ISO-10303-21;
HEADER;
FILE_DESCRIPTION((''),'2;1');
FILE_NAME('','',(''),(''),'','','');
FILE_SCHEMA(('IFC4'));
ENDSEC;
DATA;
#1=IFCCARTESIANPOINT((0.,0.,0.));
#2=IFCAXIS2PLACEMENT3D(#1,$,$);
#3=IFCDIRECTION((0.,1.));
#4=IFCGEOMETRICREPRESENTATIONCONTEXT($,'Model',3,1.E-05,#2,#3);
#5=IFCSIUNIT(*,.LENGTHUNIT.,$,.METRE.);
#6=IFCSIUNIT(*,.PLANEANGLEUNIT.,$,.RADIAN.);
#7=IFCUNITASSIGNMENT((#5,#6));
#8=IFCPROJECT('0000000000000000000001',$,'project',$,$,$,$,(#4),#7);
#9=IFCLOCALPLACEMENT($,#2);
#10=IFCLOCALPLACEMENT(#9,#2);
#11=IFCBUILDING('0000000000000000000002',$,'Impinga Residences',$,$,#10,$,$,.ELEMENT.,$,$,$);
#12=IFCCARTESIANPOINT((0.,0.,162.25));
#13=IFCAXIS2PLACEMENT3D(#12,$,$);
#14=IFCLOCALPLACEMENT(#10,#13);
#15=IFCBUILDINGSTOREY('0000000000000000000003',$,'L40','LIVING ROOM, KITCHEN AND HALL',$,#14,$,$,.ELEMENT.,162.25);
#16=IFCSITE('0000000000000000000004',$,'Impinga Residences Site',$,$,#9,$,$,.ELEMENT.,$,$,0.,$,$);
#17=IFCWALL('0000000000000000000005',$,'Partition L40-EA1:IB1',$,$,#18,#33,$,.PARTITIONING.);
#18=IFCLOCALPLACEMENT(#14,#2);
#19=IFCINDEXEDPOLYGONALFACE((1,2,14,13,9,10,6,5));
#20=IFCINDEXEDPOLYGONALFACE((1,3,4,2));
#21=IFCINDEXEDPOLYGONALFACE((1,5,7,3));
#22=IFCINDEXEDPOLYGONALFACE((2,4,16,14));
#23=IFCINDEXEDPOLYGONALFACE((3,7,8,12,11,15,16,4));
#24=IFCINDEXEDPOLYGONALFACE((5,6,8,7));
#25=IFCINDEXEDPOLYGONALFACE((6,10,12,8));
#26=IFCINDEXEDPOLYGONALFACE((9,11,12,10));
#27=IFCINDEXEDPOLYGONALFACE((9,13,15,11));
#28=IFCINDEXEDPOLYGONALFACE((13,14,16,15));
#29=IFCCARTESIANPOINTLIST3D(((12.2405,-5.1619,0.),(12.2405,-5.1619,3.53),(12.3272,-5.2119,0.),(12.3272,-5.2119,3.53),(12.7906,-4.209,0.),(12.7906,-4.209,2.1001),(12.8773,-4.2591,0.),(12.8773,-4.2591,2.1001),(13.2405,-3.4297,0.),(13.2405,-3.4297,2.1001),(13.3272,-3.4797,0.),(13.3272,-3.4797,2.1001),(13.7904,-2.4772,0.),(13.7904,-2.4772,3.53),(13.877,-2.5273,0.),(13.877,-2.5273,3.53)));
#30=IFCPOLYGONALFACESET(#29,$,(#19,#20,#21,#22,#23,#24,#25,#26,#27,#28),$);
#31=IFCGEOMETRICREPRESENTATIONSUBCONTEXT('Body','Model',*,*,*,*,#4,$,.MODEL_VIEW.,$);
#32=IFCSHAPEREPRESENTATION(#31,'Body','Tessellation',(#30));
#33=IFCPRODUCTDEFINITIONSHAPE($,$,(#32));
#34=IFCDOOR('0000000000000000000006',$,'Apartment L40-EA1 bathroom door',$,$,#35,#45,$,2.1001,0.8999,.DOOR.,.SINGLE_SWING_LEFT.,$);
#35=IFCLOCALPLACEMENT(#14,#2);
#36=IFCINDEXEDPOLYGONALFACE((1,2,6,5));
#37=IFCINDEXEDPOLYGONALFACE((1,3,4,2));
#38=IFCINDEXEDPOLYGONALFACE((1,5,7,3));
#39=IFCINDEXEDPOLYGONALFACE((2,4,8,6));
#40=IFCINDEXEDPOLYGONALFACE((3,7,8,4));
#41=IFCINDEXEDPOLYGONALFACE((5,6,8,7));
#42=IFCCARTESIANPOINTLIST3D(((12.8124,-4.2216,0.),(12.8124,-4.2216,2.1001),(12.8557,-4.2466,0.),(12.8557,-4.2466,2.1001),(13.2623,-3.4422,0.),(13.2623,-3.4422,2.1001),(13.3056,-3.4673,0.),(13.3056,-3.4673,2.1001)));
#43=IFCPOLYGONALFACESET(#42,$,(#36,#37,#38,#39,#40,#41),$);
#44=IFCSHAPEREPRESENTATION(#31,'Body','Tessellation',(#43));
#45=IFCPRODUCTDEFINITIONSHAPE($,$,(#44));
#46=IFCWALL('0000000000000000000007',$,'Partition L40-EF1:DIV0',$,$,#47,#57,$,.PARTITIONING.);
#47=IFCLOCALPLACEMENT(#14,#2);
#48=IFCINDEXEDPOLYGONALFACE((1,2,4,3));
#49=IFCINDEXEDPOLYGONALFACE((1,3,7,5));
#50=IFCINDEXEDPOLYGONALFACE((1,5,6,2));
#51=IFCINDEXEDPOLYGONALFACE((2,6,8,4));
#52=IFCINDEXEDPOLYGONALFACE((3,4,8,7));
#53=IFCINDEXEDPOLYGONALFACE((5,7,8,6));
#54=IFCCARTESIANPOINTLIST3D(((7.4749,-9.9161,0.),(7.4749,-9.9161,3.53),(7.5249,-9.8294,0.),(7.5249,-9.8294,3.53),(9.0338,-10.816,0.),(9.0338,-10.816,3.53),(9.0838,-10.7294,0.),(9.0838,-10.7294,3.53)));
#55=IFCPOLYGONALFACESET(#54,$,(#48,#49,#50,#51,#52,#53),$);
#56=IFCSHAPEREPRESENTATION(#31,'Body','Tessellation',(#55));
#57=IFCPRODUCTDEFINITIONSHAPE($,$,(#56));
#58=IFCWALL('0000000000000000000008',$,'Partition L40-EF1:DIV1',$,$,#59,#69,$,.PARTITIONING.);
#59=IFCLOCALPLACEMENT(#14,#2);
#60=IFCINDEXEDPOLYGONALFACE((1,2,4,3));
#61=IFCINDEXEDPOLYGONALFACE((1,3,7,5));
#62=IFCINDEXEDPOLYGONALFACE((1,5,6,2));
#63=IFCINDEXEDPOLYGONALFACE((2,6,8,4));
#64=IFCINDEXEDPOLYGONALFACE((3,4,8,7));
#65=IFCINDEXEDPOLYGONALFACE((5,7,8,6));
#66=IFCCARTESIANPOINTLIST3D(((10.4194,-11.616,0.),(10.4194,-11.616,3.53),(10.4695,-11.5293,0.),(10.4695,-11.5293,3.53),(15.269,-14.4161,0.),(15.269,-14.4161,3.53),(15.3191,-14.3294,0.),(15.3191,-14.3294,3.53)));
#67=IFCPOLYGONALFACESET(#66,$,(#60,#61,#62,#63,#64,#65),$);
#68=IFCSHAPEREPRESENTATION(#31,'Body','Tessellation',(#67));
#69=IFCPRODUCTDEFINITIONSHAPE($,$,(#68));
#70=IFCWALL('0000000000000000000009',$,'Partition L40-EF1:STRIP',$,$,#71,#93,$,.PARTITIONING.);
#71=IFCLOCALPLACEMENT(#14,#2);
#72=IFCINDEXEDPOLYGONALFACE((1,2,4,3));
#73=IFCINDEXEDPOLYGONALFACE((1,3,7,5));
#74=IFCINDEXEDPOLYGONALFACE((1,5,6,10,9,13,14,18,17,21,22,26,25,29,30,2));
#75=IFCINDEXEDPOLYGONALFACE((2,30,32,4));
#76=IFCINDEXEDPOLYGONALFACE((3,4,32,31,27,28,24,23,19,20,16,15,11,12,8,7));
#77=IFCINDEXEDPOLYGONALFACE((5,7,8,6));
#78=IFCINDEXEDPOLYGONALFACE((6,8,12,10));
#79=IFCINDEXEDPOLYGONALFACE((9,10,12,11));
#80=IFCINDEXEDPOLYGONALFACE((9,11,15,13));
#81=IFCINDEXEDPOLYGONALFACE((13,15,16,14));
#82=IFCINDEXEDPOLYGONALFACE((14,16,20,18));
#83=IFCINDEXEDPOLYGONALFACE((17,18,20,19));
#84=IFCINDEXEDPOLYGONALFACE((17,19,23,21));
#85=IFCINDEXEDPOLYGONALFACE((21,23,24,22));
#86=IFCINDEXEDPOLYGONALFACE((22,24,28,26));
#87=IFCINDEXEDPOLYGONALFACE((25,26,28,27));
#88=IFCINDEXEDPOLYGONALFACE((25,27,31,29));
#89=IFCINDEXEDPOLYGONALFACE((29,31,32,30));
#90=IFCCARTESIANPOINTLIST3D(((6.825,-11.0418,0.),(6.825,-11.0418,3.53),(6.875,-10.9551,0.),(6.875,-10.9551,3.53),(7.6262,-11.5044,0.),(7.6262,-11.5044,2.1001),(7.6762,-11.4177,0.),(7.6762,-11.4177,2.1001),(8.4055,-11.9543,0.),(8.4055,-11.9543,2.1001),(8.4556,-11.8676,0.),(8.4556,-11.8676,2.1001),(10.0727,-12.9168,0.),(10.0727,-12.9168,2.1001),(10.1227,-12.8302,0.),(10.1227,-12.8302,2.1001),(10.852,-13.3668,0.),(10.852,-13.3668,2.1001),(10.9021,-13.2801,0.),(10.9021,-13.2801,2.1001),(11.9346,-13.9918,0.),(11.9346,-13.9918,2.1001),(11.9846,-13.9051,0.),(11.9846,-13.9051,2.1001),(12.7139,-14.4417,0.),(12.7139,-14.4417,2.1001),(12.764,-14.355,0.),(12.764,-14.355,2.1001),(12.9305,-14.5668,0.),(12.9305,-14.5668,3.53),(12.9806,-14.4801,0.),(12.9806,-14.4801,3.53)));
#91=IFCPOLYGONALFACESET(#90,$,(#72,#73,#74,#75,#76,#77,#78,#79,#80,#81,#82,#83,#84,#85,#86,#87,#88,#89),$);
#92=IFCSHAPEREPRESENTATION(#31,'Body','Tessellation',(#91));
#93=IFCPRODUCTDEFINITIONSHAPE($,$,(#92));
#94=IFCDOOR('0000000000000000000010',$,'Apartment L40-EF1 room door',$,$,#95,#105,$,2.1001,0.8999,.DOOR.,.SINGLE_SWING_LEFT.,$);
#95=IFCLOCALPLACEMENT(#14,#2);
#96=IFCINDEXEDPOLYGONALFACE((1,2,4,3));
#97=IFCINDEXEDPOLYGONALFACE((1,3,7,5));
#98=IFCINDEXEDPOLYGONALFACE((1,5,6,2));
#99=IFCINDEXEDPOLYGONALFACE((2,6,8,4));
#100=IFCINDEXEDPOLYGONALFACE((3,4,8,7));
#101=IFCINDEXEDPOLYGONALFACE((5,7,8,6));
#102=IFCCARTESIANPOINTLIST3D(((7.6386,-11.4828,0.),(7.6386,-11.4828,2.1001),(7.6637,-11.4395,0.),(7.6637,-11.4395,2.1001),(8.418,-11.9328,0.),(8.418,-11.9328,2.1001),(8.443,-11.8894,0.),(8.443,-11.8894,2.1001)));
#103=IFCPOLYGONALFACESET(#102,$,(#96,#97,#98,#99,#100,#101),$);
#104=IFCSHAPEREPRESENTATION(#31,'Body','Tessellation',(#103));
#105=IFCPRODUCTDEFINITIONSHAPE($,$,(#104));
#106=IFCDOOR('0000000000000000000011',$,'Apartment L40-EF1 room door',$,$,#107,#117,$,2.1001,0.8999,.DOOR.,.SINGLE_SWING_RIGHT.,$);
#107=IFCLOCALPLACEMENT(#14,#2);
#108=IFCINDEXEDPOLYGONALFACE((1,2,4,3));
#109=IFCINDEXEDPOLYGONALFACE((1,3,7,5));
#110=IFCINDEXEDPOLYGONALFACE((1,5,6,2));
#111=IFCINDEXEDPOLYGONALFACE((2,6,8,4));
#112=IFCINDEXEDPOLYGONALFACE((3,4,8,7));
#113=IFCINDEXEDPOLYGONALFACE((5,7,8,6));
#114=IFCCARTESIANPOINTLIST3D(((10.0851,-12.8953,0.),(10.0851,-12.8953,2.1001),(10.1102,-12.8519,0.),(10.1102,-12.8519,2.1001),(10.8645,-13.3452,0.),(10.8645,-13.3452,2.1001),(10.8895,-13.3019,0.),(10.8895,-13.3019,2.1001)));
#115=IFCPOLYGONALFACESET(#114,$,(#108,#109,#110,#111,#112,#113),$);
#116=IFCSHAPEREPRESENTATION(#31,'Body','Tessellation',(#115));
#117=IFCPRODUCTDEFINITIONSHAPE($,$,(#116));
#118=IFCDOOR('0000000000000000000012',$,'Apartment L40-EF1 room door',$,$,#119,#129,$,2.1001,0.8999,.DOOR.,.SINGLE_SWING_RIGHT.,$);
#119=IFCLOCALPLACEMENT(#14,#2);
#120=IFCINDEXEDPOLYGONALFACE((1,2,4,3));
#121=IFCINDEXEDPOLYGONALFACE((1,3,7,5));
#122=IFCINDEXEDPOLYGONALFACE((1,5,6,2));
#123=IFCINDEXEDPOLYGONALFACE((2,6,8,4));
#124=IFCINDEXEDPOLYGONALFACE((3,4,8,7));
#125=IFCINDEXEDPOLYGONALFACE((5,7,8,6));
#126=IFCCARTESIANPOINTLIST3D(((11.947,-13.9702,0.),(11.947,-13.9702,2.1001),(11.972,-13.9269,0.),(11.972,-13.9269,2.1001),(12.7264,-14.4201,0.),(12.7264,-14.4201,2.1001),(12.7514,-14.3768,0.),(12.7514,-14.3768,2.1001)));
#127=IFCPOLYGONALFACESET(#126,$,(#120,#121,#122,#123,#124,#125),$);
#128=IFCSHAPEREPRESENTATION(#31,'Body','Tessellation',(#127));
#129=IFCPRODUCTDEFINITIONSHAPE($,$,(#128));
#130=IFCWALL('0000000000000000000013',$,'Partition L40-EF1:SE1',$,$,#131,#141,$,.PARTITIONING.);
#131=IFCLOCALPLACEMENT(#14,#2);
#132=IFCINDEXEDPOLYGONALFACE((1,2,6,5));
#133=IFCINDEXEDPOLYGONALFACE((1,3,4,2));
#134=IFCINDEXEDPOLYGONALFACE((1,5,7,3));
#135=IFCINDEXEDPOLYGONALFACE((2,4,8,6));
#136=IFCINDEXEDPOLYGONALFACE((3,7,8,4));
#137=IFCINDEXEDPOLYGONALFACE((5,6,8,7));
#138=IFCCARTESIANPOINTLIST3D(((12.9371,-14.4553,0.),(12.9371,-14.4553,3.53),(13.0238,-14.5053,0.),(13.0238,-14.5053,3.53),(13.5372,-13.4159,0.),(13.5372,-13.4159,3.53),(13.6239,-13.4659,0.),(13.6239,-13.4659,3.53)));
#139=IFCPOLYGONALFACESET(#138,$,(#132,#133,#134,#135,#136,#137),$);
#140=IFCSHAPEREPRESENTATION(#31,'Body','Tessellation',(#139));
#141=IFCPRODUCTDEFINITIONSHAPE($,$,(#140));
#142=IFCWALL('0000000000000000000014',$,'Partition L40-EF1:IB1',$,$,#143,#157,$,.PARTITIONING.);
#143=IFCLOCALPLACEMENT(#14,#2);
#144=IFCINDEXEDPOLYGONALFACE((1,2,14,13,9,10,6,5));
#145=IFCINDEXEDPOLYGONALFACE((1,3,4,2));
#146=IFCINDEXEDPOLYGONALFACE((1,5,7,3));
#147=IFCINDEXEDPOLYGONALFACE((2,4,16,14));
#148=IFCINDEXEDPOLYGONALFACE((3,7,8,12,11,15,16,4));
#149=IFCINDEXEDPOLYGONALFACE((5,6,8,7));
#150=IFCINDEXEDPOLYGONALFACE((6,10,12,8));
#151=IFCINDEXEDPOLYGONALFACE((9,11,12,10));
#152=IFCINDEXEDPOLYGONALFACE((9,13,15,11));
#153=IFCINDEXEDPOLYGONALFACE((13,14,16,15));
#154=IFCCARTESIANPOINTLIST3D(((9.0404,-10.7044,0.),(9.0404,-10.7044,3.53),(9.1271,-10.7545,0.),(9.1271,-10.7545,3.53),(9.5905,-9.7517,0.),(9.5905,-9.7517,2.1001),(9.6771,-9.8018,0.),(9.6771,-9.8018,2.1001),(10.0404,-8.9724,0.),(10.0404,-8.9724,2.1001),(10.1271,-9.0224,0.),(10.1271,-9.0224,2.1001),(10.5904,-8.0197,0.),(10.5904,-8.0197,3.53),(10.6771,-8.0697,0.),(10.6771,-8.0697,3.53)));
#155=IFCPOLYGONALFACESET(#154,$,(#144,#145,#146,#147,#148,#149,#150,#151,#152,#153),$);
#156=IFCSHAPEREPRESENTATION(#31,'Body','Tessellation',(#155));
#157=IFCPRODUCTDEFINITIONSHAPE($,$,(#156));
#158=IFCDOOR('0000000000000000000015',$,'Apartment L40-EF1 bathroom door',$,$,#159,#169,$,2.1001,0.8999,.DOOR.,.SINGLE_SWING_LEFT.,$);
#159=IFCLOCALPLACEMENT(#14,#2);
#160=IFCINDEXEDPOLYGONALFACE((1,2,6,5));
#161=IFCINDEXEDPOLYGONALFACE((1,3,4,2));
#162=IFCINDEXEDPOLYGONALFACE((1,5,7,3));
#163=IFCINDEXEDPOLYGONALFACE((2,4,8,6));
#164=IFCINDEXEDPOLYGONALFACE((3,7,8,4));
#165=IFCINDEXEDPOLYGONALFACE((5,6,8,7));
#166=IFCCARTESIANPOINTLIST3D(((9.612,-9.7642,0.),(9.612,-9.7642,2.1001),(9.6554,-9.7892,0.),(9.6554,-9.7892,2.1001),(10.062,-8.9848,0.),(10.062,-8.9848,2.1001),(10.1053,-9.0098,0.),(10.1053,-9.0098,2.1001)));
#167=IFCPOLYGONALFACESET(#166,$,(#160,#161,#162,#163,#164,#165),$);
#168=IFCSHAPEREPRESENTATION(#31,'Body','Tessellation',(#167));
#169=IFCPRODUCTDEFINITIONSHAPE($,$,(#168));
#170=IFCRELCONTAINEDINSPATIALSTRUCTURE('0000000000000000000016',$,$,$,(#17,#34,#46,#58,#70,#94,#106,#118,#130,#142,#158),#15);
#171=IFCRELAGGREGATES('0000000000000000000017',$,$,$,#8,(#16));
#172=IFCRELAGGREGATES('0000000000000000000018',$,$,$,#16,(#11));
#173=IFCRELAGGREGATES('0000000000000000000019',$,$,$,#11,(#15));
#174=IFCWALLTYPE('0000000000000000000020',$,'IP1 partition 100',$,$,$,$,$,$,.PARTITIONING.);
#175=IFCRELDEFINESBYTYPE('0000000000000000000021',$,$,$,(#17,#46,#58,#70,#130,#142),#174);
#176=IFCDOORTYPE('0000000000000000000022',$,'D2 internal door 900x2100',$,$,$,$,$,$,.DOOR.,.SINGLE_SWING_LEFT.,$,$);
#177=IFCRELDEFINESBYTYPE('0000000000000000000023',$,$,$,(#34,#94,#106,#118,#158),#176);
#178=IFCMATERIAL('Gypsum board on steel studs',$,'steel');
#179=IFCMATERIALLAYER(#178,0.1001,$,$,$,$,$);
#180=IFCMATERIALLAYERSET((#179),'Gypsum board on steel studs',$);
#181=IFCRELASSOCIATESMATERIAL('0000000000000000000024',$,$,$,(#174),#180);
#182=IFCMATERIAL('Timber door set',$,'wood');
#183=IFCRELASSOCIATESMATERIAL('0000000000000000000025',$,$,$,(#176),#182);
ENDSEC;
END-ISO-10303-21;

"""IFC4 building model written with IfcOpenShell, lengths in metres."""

from ifc_helpers import new_model, si_unit, direction, frame, frame_2d, origin, place, context, subcontext, project, spatial, rectangle, extrude, material, layer, layer_set, type_object, element, fill, save


model = new_model("IFC4")

# Units and contexts
model_context = context("Model", 3, precision=1e-05, world=origin(), true_north=direction((0.0, 1.0)))
body_context = subcontext(model_context, "Body", "Model", "MODEL_VIEW")
ifc_project = project(units=[si_unit("LENGTHUNIT", "METRE"), si_unit("PLANEANGLEUNIT", "RADIAN")], contexts=[model_context])

# Site, building, storey
site_placement = place(None, origin())
site = spatial("IfcSite", under=ifc_project, at=site_placement, Name="Impinga Residences Site", CompositionType="ELEMENT", RefElevation=0.0)
building_placement = place(site_placement, origin())
building = spatial("IfcBuilding", under=site, at=building_placement, Name="Impinga Residences", CompositionType="ELEMENT")
storey_placement = place(building_placement, frame((0.0, 0.0, 162.25)))
storey = spatial("IfcBuildingStorey", under=building, at=storey_placement, Name="L40", Description="LIVING ROOM, KITCHEN AND HALL", CompositionType="ELEMENT", Elevation=162.25)

# Shared definitions
ifc_material_1 = material(Name="Timber door set", Category="wood")

# Wall, opening, door
ifc_material_2 = material(Name="Gypsum board on steel studs", Category="steel")
ifc_layer_1 = layer(ifc_material_2, 0.1001)
ifc_layer_set_1 = layer_set([ifc_layer_1], Name="Gypsum board on steel studs")
wall_type_1 = type_object("IfcWallType", Name="IP1 partition 100", PredefinedType="PARTITIONING", material=ifc_layer_set_1)
wall_1_placement = place(storey_placement, frame((12.2839, -5.1868, 0.0), z_axis=(0.0, 0.0, 1.0), x_axis=(0.499968, 0.866044, 0.0)))
wall_1 = element("IfcWall", 1, at=wall_1_placement, inside=storey, type_object=wall_type_1, Name="Partition L40-EA1:IB1", PredefinedType="PARTITIONING", context=body_context, shape_type="SweptSolid", body=[
    extrude(rectangle(XDim=3.0999, YDim=0.1001, at=frame_2d((1.5498, 0.0))), origin(), (0.0, 0.0, 1.0), 3.53),
])
opening_1_placement = place(wall_1_placement, frame((1.1001, 0.0, 0.0)))
opening_1 = element("IfcOpeningElement", 2, at=opening_1_placement, cuts=wall_1, PredefinedType="OPENING", context=body_context, shape_type="SweptSolid", body=[
    extrude(rectangle(XDim=0.8999, YDim=2.1001, at=frame_2d((0.45, 1.05))), frame((0.0, 0.0601, 0.0), z_axis=(0.0, -1.0, 0.0), x_axis=(1.0, 0.0, 0.0)), (0.0, 0.0, 1.0), 0.1201),
])
door_type_1 = type_object("IfcDoorType", Name="D2 internal door 900x2100", OperationType="SINGLE_SWING_LEFT", PredefinedType="DOOR", material=ifc_material_1)
door_1_placement = place(opening_1_placement, origin())
door_1 = element("IfcDoor", 3, at=door_1_placement, inside=storey, type_object=door_type_1, Name="Apartment L40-EA1 bathroom door", OperationType="SINGLE_SWING_LEFT", OverallHeight=2.1001, OverallWidth=0.8999, PredefinedType="DOOR", context=body_context, shape_type="SweptSolid", body=[
    extrude(rectangle(XDim=0.8999, YDim=2.1001, at=frame_2d((0.45, 1.05))), frame((0.0, 0.0249, 0.0), z_axis=(0.0, -1.0, 0.0), x_axis=(1.0, 0.0, 0.0)), (0.0, 0.0, 1.0), 0.05),
])
fill(opening_1, door_1)

# Walls
wall_2_placement = place(storey_placement, frame((7.5, -9.8728, 0.0), z_axis=(0.0, 0.0, 1.0), x_axis=(0.866048, -0.499961, 0.0)))
element("IfcWall", 4, at=wall_2_placement, inside=storey, type_object=wall_type_1, Name="Partition L40-EF1:DIV0", PredefinedType="PARTITIONING", context=body_context, shape_type="SweptSolid", body=[
    extrude(rectangle(XDim=1.8, YDim=0.1001, at=frame_2d((0.8999, 0.0))), origin(), (0.0, 0.0, 1.0), 3.53),
])
wall_3_placement = place(storey_placement, frame((10.4446, -11.5728, 0.0), z_axis=(0.0, 0.0, 1.0), x_axis=(0.866016, -0.500017, 0.0)))
element("IfcWall", 5, at=wall_3_placement, inside=storey, type_object=wall_type_1, Name="Partition L40-EF1:DIV1", PredefinedType="PARTITIONING", context=body_context, shape_type="SweptSolid", body=[
    extrude(rectangle(XDim=5.5999, YDim=0.1001, at=frame_2d((2.7998, 0.0))), origin(), (0.0, 0.0, 1.0), 3.53),
])

# Wall, openings, doors
wall_4_placement = place(storey_placement, frame((6.8501, -10.9985, 0.0), z_axis=(0.0, 0.0, 1.0), x_axis=(0.866031, -0.49999, 0.0)))
wall_4 = element("IfcWall", 6, at=wall_4_placement, inside=storey, type_object=wall_type_1, Name="Partition L40-EF1:STRIP", PredefinedType="PARTITIONING", context=body_context, shape_type="SweptSolid", body=[
    extrude(rectangle(XDim=7.05, YDim=0.1001, at=frame_2d((3.5249, 0.0))), origin(), (0.0, 0.0, 1.0), 3.53),
])
opening_2_placement = place(wall_4_placement, frame((0.925, 0.0, 0.0)))
opening_2 = element("IfcOpeningElement", 7, at=opening_2_placement, cuts=wall_4, PredefinedType="OPENING", context=body_context, shape_type="SweptSolid", body=[
    extrude(rectangle(XDim=0.8999, YDim=2.1001, at=frame_2d((0.45, 1.05))), frame((0.0, 0.0601, 0.0), z_axis=(0.0, -1.0, 0.0), x_axis=(1.0, 0.0, 0.0)), (0.0, 0.0, 1.0), 0.1201),
])
opening_3_placement = place(wall_4_placement, frame((3.75, 0.0, 0.0)))
opening_3 = element("IfcOpeningElement", 8, at=opening_3_placement, cuts=wall_4, PredefinedType="OPENING", context=body_context, shape_type="SweptSolid", body=[
    extrude(rectangle(XDim=0.8999, YDim=2.1001, at=frame_2d((0.45, 1.05))), frame((0.0, 0.0601, 0.0), z_axis=(0.0, -1.0, 0.0), x_axis=(1.0, 0.0, 0.0)), (0.0, 0.0, 1.0), 0.1201),
])
opening_4_placement = place(wall_4_placement, frame((5.8999, 0.0, 0.0)))
opening_4 = element("IfcOpeningElement", 9, at=opening_4_placement, cuts=wall_4, PredefinedType="OPENING", context=body_context, shape_type="SweptSolid", body=[
    extrude(rectangle(XDim=0.8999, YDim=2.1001, at=frame_2d((0.45, 1.05))), frame((0.0, 0.0601, 0.0), z_axis=(0.0, -1.0, 0.0), x_axis=(1.0, 0.0, 0.0)), (0.0, 0.0, 1.0), 0.1201),
])
door_2_placement = place(opening_2_placement, origin())
door_2 = element("IfcDoor", 10, at=door_2_placement, inside=storey, type_object=door_type_1, Name="Apartment L40-EF1 room door", OperationType="SINGLE_SWING_LEFT", OverallHeight=2.1001, OverallWidth=0.8999, PredefinedType="DOOR", context=body_context, shape_type="SweptSolid", body=[
    extrude(rectangle(XDim=0.8999, YDim=2.1001, at=frame_2d((0.45, 1.05))), frame((0.0, 0.0249, 0.0), z_axis=(0.0, -1.0, 0.0), x_axis=(1.0, 0.0, 0.0)), (0.0, 0.0, 1.0), 0.05),
])
fill(opening_2, door_2)
door_3_placement = place(opening_3_placement, origin())
door_3 = element("IfcDoor", 11, at=door_3_placement, inside=storey, type_object=door_type_1, Name="Apartment L40-EF1 room door", OperationType="SINGLE_SWING_RIGHT", OverallHeight=2.1001, OverallWidth=0.8999, PredefinedType="DOOR", context=body_context, shape_type="SweptSolid", body=[
    extrude(rectangle(XDim=0.8999, YDim=2.1001, at=frame_2d((0.45, 1.05))), frame((0.0, 0.0249, 0.0), z_axis=(0.0, -1.0, 0.0), x_axis=(1.0, 0.0, 0.0)), (0.0, 0.0, 1.0), 0.05),
])
fill(opening_3, door_3)
door_4_placement = place(opening_4_placement, origin())
door_4 = element("IfcDoor", 12, at=door_4_placement, inside=storey, type_object=door_type_1, Name="Apartment L40-EF1 room door", OperationType="SINGLE_SWING_RIGHT", OverallHeight=2.1001, OverallWidth=0.8999, PredefinedType="DOOR", context=body_context, shape_type="SweptSolid", body=[
    extrude(rectangle(XDim=0.8999, YDim=2.1001, at=frame_2d((0.45, 1.05))), frame((0.0, 0.0249, 0.0), z_axis=(0.0, -1.0, 0.0), x_axis=(1.0, 0.0, 0.0)), (0.0, 0.0, 1.0), 0.05),
])
fill(opening_4, door_4)

# Wall
wall_5_placement = place(storey_placement, frame((13.5806, -13.4409, 0.0), z_axis=(0.0, 0.0, 1.0), x_axis=(-0.500034, -0.866006, 0.0)))
element("IfcWall", 13, at=wall_5_placement, inside=storey, type_object=wall_type_1, Name="Partition L40-EF1:SE1", PredefinedType="PARTITIONING", context=body_context, shape_type="SweptSolid", body=[
    extrude(rectangle(XDim=1.2002, YDim=0.1001, at=frame_2d((0.6001, 0.0))), origin(), (0.0, 0.0, 1.0), 3.53),
])

# Wall, opening, door
wall_6_placement = place(storey_placement, frame((10.6338, -8.0447, 0.0), z_axis=(0.0, 0.0, 1.0), x_axis=(-0.499993, -0.86603, 0.0)))
wall_6 = element("IfcWall", 14, at=wall_6_placement, inside=storey, type_object=wall_type_1, Name="Partition L40-EF1:IB1", PredefinedType="PARTITIONING", context=body_context, shape_type="SweptSolid", body=[
    extrude(rectangle(XDim=3.1001, YDim=0.1001, at=frame_2d((1.55, 0.0))), origin(), (0.0, 0.0, 1.0), 3.53),
])
opening_5_placement = place(wall_6_placement, frame((1.1001, 0.0, 0.0)))
opening_5 = element("IfcOpeningElement", 15, at=opening_5_placement, cuts=wall_6, PredefinedType="OPENING", context=body_context, shape_type="SweptSolid", body=[
    extrude(rectangle(XDim=0.8999, YDim=2.1001, at=frame_2d((0.45, 1.05))), frame((0.0, 0.0601, 0.0), z_axis=(0.0, -1.0, 0.0), x_axis=(1.0, 0.0, 0.0)), (0.0, 0.0, 1.0), 0.1201),
])
door_5_placement = place(opening_5_placement, origin())
door_5 = element("IfcDoor", 16, at=door_5_placement, inside=storey, type_object=door_type_1, Name="Apartment L40-EF1 bathroom door", OperationType="SINGLE_SWING_LEFT", OverallHeight=2.1001, OverallWidth=0.8999, PredefinedType="DOOR", context=body_context, shape_type="SweptSolid", body=[
    extrude(rectangle(XDim=0.8999, YDim=2.1001, at=frame_2d((0.45, 1.05))), frame((0.0, 0.0249, 0.0), z_axis=(0.0, -1.0, 0.0), x_axis=(1.0, 0.0, 0.0)), (0.0, 0.0, 1.0), 0.05),
])
fill(opening_5, door_5)

save(model, "model.ifc")
